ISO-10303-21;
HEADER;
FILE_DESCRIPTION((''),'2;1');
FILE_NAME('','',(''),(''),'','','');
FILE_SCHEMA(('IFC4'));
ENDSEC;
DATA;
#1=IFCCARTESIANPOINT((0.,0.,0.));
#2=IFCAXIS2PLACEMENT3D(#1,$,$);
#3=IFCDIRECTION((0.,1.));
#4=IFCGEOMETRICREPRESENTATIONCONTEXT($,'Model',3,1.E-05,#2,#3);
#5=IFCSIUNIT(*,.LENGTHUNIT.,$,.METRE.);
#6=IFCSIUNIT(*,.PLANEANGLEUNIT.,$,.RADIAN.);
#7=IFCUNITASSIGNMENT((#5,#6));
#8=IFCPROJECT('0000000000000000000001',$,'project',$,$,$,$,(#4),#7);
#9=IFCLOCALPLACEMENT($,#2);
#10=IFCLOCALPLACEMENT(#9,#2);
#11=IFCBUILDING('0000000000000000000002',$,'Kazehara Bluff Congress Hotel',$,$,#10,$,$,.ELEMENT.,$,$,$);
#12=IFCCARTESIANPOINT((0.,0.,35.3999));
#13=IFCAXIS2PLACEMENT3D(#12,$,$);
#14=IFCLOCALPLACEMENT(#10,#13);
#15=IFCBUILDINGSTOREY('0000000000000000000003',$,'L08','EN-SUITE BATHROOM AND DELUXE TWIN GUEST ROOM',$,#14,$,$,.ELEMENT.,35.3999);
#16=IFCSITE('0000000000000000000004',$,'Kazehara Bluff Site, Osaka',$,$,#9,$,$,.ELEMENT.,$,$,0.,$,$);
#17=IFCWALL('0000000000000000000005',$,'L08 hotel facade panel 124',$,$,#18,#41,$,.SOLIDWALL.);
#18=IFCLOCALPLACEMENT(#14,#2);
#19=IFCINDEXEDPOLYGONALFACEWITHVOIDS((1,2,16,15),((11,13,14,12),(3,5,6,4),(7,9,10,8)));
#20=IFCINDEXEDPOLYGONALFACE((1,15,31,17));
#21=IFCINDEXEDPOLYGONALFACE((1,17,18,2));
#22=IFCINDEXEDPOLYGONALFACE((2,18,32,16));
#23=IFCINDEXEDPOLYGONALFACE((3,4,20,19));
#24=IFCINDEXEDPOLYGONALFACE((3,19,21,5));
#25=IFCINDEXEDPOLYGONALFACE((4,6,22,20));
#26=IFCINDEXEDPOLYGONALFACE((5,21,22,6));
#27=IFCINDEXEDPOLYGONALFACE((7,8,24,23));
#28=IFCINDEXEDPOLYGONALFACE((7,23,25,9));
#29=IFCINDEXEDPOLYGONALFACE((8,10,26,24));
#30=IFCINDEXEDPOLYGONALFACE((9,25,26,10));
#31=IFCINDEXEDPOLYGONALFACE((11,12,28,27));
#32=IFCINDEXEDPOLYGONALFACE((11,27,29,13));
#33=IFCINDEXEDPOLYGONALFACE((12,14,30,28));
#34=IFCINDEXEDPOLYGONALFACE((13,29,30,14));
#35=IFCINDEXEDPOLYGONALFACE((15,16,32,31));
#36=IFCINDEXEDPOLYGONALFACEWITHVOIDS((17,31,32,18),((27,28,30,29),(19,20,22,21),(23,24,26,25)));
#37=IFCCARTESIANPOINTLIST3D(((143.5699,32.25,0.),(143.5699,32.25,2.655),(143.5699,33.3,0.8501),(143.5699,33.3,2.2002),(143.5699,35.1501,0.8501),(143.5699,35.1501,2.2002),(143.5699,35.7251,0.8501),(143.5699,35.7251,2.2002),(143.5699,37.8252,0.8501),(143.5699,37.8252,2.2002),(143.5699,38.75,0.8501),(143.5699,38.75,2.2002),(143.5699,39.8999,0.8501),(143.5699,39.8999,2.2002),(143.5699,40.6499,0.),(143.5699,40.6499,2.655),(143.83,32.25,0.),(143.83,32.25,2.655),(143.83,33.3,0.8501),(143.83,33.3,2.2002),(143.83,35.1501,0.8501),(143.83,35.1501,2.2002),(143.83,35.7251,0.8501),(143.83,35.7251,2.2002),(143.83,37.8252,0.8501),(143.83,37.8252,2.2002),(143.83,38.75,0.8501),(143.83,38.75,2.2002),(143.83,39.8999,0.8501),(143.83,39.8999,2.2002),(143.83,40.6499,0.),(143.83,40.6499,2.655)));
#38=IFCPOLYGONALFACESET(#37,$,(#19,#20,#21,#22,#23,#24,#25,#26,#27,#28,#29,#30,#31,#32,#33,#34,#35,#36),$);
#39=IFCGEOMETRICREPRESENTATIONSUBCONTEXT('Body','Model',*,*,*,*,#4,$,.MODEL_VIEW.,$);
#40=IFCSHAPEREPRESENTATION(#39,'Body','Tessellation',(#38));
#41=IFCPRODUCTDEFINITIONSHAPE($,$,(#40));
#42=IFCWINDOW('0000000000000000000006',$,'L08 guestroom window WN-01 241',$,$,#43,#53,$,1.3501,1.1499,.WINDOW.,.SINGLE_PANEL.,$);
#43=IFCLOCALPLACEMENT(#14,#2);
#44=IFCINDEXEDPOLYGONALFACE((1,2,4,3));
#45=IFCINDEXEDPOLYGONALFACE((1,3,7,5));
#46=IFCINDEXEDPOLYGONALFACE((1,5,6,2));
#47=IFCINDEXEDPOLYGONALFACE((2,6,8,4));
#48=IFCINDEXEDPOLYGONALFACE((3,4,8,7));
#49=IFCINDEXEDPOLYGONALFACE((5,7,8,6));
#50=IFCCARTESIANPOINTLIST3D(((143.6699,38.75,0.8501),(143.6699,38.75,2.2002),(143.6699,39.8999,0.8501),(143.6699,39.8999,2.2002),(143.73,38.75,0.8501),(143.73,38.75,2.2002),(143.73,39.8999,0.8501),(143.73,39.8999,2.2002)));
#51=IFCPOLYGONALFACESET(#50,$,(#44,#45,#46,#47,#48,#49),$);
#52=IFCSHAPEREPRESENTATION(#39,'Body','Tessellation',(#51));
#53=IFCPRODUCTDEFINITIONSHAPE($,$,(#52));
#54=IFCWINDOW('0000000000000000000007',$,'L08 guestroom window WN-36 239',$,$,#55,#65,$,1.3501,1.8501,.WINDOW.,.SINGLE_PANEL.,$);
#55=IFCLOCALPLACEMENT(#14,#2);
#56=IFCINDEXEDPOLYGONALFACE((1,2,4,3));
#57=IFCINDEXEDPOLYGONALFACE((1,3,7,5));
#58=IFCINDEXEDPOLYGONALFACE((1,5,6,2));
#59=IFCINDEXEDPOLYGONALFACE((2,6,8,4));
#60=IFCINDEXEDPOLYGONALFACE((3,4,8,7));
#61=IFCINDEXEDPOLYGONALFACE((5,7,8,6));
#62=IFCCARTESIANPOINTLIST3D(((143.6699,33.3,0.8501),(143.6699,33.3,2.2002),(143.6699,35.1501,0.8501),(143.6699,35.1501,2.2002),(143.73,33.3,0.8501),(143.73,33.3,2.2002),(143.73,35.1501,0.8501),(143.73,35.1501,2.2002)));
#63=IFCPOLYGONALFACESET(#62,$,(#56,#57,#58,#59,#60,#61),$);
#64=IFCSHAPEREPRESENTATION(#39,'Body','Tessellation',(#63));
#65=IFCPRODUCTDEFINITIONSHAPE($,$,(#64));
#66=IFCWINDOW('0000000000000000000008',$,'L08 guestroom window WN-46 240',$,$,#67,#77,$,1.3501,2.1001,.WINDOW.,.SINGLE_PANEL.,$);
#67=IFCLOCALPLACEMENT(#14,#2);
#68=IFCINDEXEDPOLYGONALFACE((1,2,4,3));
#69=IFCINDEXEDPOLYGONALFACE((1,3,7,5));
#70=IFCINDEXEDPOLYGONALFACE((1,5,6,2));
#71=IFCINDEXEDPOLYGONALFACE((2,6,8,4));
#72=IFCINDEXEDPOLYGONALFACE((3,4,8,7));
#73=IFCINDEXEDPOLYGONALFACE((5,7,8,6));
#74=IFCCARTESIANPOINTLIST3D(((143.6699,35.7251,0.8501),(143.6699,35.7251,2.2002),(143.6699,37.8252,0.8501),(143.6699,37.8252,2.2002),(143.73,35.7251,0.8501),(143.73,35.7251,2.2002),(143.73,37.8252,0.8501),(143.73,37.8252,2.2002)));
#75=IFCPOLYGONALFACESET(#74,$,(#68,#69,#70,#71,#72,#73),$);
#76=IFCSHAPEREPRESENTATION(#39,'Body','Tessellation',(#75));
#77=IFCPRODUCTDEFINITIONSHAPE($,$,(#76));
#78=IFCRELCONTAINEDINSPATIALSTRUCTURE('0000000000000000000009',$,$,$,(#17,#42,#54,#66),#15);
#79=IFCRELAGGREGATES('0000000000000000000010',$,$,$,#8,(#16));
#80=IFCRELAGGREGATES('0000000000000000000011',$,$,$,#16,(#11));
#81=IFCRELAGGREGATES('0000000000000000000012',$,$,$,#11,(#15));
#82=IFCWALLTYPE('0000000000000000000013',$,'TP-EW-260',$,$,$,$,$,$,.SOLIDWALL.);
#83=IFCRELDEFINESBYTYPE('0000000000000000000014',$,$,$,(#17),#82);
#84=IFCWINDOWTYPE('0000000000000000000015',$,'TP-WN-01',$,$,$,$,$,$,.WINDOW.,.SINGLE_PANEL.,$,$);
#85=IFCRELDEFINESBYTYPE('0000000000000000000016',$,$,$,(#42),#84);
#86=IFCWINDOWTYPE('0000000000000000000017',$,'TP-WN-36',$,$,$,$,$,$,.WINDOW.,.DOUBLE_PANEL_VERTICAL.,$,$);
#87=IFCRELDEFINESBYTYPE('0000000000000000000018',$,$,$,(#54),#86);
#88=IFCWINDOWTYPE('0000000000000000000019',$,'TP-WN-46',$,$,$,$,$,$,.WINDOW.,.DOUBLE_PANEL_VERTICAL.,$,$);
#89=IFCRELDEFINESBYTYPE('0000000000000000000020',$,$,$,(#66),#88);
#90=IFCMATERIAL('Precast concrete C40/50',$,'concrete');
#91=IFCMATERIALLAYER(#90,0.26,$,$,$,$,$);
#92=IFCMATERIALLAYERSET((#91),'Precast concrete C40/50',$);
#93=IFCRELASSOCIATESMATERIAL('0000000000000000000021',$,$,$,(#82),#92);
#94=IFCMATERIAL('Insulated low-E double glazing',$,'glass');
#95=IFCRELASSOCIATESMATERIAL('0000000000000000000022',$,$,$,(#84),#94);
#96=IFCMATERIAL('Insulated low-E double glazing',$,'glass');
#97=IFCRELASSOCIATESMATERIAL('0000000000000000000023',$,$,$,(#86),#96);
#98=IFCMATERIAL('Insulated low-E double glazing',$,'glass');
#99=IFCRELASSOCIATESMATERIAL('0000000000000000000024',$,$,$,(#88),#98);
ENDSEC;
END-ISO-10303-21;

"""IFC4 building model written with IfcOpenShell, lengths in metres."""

from ifc_helpers import new_model, si_unit, direction, frame, frame_2d, origin, place, context, subcontext, project, spatial, rectangle, extrude, material, layer, layer_set, type_object, element, fill, save


model = new_model("IFC4")

# Units and contexts
model_context = context("Model", 3, precision=1e-05, world=origin(), true_north=direction((0.0, 1.0)))
body_context = subcontext(model_context, "Body", "Model", "MODEL_VIEW")
ifc_project = project(units=[si_unit("LENGTHUNIT", "METRE"), si_unit("PLANEANGLEUNIT", "RADIAN")], contexts=[model_context])

# Site, building, storey
site_placement = place(None, origin())
site = spatial("IfcSite", under=ifc_project, at=site_placement, Name="Kazehara Bluff Site, Osaka", CompositionType="ELEMENT", RefElevation=0.0)
building_placement = place(site_placement, origin())
building = spatial("IfcBuilding", under=site, at=building_placement, Name="Kazehara Bluff Congress Hotel", CompositionType="ELEMENT")
storey_placement = place(building_placement, frame((0.0, 0.0, 35.3999)))
storey = spatial("IfcBuildingStorey", under=building, at=storey_placement, Name="L08", Description="EN-SUITE BATHROOM AND DELUXE TWIN GUEST ROOM", CompositionType="ELEMENT", Elevation=35.3999)

# Wall, openings, windows
ifc_material_1 = material(Name="Precast concrete C40/50", Category="concrete")
ifc_layer_1 = layer(ifc_material_1, 0.26)
ifc_layer_set_1 = layer_set([ifc_layer_1], Name="Precast concrete C40/50")
wall_type = type_object("IfcWallType", Name="TP-EW-260", PredefinedType="SOLIDWALL", material=ifc_layer_set_1)
wall_placement = place(storey_placement, frame((143.7, 32.25, 0.0), z_axis=(0.0, 0.0, 1.0), x_axis=(0.0, 1.0, 0.0)))
wall = element("IfcWall", 1, at=wall_placement, inside=storey, type_object=wall_type, Name="L08 hotel facade panel 124", PredefinedType="SOLIDWALL", context=body_context, shape_type="SweptSolid", body=[
    extrude(rectangle(XDim=8.3999, YDim=0.26, at=frame_2d((4.2, 0.0))), origin(), (0.0, 0.0, 1.0), 2.655),
])
opening_1_placement = place(wall_placement, frame((1.05, 0.0, 0.8501)))
opening_1 = element("IfcOpeningElement", 2, at=opening_1_placement, cuts=wall, PredefinedType="OPENING", context=body_context, shape_type="SweptSolid", body=[
    extrude(rectangle(XDim=1.8501, YDim=1.3501, at=frame_2d((0.925, 0.675))), frame((0.0, 0.1399, 0.0), z_axis=(0.0, -1.0, 0.0), x_axis=(1.0, 0.0, 0.0)), (0.0, 0.0, 1.0), 0.28),
])
opening_2_placement = place(wall_placement, frame((3.4751, 0.0, 0.8501)))
opening_2 = element("IfcOpeningElement", 3, at=opening_2_placement, cuts=wall, PredefinedType="OPENING", context=body_context, shape_type="SweptSolid", body=[
    extrude(rectangle(XDim=2.1001, YDim=1.3501, at=frame_2d((1.05, 0.675))), frame((0.0, 0.1399, 0.0), z_axis=(0.0, -1.0, 0.0), x_axis=(1.0, 0.0, 0.0)), (0.0, 0.0, 1.0), 0.28),
])
opening_3_placement = place(wall_placement, frame((6.5, 0.0, 0.8501)))
opening_3 = element("IfcOpeningElement", 4, at=opening_3_placement, cuts=wall, PredefinedType="OPENING", context=body_context, shape_type="SweptSolid", body=[
    extrude(rectangle(XDim=1.1499, YDim=1.3501, at=frame_2d((0.575, 0.675))), frame((0.0, 0.1399, 0.0), z_axis=(0.0, -1.0, 0.0), x_axis=(1.0, 0.0, 0.0)), (0.0, 0.0, 1.0), 0.28),
])
ifc_material_2 = material(Name="Insulated low-E double glazing", Category="glass")
window_type_1 = type_object("IfcWindowType", Name="TP-WN-01", PartitioningType="SINGLE_PANEL", PredefinedType="WINDOW", material=ifc_material_2)
window_1_placement = place(opening_3_placement, origin())
window_1 = element("IfcWindow", 5, at=window_1_placement, inside=storey, type_object=window_type_1, Name="L08 guestroom window WN-01 241", OverallHeight=1.3501, OverallWidth=1.1499, PartitioningType="SINGLE_PANEL", PredefinedType="WINDOW", context=body_context, shape_type="SweptSolid", body=[
    extrude(rectangle(XDim=1.1499, YDim=1.3501, at=frame_2d((0.575, 0.675))), frame((0.0, 0.03, 0.0), z_axis=(0.0, -1.0, 0.0), x_axis=(1.0, 0.0, 0.0)), (0.0, 0.0, 1.0), 0.0601),
])
fill(opening_3, window_1)
ifc_material_3 = material(Name="Insulated low-E double glazing", Category="glass")
window_type_2 = type_object("IfcWindowType", Name="TP-WN-36", PartitioningType="DOUBLE_PANEL_VERTICAL", PredefinedType="WINDOW", material=ifc_material_3)
window_2_placement = place(opening_1_placement, origin())
window_2 = element("IfcWindow", 6, at=window_2_placement, inside=storey, type_object=window_type_2, Name="L08 guestroom window WN-36 239", OverallHeight=1.3501, OverallWidth=1.8501, PartitioningType="SINGLE_PANEL", PredefinedType="WINDOW", context=body_context, shape_type="SweptSolid", body=[
    extrude(rectangle(XDim=1.8501, YDim=1.3501, at=frame_2d((0.925, 0.675))), frame((0.0, 0.03, 0.0), z_axis=(0.0, -1.0, 0.0), x_axis=(1.0, 0.0, 0.0)), (0.0, 0.0, 1.0), 0.0601),
])
fill(opening_1, window_2)
ifc_material_4 = material(Name="Insulated low-E double glazing", Category="glass")
window_type_3 = type_object("IfcWindowType", Name="TP-WN-46", PartitioningType="DOUBLE_PANEL_VERTICAL", PredefinedType="WINDOW", material=ifc_material_4)
window_3_placement = place(opening_2_placement, origin())
window_3 = element("IfcWindow", 7, at=window_3_placement, inside=storey, type_object=window_type_3, Name="L08 guestroom window WN-46 240", OverallHeight=1.3501, OverallWidth=2.1001, PartitioningType="SINGLE_PANEL", PredefinedType="WINDOW", context=body_context, shape_type="SweptSolid", body=[
    extrude(rectangle(XDim=2.1001, YDim=1.3501, at=frame_2d((1.05, 0.675))), frame((0.0, 0.03, 0.0), z_axis=(0.0, -1.0, 0.0), x_axis=(1.0, 0.0, 0.0)), (0.0, 0.0, 1.0), 0.0601),
])
fill(opening_2, window_3)

save(model, "model.ifc")
